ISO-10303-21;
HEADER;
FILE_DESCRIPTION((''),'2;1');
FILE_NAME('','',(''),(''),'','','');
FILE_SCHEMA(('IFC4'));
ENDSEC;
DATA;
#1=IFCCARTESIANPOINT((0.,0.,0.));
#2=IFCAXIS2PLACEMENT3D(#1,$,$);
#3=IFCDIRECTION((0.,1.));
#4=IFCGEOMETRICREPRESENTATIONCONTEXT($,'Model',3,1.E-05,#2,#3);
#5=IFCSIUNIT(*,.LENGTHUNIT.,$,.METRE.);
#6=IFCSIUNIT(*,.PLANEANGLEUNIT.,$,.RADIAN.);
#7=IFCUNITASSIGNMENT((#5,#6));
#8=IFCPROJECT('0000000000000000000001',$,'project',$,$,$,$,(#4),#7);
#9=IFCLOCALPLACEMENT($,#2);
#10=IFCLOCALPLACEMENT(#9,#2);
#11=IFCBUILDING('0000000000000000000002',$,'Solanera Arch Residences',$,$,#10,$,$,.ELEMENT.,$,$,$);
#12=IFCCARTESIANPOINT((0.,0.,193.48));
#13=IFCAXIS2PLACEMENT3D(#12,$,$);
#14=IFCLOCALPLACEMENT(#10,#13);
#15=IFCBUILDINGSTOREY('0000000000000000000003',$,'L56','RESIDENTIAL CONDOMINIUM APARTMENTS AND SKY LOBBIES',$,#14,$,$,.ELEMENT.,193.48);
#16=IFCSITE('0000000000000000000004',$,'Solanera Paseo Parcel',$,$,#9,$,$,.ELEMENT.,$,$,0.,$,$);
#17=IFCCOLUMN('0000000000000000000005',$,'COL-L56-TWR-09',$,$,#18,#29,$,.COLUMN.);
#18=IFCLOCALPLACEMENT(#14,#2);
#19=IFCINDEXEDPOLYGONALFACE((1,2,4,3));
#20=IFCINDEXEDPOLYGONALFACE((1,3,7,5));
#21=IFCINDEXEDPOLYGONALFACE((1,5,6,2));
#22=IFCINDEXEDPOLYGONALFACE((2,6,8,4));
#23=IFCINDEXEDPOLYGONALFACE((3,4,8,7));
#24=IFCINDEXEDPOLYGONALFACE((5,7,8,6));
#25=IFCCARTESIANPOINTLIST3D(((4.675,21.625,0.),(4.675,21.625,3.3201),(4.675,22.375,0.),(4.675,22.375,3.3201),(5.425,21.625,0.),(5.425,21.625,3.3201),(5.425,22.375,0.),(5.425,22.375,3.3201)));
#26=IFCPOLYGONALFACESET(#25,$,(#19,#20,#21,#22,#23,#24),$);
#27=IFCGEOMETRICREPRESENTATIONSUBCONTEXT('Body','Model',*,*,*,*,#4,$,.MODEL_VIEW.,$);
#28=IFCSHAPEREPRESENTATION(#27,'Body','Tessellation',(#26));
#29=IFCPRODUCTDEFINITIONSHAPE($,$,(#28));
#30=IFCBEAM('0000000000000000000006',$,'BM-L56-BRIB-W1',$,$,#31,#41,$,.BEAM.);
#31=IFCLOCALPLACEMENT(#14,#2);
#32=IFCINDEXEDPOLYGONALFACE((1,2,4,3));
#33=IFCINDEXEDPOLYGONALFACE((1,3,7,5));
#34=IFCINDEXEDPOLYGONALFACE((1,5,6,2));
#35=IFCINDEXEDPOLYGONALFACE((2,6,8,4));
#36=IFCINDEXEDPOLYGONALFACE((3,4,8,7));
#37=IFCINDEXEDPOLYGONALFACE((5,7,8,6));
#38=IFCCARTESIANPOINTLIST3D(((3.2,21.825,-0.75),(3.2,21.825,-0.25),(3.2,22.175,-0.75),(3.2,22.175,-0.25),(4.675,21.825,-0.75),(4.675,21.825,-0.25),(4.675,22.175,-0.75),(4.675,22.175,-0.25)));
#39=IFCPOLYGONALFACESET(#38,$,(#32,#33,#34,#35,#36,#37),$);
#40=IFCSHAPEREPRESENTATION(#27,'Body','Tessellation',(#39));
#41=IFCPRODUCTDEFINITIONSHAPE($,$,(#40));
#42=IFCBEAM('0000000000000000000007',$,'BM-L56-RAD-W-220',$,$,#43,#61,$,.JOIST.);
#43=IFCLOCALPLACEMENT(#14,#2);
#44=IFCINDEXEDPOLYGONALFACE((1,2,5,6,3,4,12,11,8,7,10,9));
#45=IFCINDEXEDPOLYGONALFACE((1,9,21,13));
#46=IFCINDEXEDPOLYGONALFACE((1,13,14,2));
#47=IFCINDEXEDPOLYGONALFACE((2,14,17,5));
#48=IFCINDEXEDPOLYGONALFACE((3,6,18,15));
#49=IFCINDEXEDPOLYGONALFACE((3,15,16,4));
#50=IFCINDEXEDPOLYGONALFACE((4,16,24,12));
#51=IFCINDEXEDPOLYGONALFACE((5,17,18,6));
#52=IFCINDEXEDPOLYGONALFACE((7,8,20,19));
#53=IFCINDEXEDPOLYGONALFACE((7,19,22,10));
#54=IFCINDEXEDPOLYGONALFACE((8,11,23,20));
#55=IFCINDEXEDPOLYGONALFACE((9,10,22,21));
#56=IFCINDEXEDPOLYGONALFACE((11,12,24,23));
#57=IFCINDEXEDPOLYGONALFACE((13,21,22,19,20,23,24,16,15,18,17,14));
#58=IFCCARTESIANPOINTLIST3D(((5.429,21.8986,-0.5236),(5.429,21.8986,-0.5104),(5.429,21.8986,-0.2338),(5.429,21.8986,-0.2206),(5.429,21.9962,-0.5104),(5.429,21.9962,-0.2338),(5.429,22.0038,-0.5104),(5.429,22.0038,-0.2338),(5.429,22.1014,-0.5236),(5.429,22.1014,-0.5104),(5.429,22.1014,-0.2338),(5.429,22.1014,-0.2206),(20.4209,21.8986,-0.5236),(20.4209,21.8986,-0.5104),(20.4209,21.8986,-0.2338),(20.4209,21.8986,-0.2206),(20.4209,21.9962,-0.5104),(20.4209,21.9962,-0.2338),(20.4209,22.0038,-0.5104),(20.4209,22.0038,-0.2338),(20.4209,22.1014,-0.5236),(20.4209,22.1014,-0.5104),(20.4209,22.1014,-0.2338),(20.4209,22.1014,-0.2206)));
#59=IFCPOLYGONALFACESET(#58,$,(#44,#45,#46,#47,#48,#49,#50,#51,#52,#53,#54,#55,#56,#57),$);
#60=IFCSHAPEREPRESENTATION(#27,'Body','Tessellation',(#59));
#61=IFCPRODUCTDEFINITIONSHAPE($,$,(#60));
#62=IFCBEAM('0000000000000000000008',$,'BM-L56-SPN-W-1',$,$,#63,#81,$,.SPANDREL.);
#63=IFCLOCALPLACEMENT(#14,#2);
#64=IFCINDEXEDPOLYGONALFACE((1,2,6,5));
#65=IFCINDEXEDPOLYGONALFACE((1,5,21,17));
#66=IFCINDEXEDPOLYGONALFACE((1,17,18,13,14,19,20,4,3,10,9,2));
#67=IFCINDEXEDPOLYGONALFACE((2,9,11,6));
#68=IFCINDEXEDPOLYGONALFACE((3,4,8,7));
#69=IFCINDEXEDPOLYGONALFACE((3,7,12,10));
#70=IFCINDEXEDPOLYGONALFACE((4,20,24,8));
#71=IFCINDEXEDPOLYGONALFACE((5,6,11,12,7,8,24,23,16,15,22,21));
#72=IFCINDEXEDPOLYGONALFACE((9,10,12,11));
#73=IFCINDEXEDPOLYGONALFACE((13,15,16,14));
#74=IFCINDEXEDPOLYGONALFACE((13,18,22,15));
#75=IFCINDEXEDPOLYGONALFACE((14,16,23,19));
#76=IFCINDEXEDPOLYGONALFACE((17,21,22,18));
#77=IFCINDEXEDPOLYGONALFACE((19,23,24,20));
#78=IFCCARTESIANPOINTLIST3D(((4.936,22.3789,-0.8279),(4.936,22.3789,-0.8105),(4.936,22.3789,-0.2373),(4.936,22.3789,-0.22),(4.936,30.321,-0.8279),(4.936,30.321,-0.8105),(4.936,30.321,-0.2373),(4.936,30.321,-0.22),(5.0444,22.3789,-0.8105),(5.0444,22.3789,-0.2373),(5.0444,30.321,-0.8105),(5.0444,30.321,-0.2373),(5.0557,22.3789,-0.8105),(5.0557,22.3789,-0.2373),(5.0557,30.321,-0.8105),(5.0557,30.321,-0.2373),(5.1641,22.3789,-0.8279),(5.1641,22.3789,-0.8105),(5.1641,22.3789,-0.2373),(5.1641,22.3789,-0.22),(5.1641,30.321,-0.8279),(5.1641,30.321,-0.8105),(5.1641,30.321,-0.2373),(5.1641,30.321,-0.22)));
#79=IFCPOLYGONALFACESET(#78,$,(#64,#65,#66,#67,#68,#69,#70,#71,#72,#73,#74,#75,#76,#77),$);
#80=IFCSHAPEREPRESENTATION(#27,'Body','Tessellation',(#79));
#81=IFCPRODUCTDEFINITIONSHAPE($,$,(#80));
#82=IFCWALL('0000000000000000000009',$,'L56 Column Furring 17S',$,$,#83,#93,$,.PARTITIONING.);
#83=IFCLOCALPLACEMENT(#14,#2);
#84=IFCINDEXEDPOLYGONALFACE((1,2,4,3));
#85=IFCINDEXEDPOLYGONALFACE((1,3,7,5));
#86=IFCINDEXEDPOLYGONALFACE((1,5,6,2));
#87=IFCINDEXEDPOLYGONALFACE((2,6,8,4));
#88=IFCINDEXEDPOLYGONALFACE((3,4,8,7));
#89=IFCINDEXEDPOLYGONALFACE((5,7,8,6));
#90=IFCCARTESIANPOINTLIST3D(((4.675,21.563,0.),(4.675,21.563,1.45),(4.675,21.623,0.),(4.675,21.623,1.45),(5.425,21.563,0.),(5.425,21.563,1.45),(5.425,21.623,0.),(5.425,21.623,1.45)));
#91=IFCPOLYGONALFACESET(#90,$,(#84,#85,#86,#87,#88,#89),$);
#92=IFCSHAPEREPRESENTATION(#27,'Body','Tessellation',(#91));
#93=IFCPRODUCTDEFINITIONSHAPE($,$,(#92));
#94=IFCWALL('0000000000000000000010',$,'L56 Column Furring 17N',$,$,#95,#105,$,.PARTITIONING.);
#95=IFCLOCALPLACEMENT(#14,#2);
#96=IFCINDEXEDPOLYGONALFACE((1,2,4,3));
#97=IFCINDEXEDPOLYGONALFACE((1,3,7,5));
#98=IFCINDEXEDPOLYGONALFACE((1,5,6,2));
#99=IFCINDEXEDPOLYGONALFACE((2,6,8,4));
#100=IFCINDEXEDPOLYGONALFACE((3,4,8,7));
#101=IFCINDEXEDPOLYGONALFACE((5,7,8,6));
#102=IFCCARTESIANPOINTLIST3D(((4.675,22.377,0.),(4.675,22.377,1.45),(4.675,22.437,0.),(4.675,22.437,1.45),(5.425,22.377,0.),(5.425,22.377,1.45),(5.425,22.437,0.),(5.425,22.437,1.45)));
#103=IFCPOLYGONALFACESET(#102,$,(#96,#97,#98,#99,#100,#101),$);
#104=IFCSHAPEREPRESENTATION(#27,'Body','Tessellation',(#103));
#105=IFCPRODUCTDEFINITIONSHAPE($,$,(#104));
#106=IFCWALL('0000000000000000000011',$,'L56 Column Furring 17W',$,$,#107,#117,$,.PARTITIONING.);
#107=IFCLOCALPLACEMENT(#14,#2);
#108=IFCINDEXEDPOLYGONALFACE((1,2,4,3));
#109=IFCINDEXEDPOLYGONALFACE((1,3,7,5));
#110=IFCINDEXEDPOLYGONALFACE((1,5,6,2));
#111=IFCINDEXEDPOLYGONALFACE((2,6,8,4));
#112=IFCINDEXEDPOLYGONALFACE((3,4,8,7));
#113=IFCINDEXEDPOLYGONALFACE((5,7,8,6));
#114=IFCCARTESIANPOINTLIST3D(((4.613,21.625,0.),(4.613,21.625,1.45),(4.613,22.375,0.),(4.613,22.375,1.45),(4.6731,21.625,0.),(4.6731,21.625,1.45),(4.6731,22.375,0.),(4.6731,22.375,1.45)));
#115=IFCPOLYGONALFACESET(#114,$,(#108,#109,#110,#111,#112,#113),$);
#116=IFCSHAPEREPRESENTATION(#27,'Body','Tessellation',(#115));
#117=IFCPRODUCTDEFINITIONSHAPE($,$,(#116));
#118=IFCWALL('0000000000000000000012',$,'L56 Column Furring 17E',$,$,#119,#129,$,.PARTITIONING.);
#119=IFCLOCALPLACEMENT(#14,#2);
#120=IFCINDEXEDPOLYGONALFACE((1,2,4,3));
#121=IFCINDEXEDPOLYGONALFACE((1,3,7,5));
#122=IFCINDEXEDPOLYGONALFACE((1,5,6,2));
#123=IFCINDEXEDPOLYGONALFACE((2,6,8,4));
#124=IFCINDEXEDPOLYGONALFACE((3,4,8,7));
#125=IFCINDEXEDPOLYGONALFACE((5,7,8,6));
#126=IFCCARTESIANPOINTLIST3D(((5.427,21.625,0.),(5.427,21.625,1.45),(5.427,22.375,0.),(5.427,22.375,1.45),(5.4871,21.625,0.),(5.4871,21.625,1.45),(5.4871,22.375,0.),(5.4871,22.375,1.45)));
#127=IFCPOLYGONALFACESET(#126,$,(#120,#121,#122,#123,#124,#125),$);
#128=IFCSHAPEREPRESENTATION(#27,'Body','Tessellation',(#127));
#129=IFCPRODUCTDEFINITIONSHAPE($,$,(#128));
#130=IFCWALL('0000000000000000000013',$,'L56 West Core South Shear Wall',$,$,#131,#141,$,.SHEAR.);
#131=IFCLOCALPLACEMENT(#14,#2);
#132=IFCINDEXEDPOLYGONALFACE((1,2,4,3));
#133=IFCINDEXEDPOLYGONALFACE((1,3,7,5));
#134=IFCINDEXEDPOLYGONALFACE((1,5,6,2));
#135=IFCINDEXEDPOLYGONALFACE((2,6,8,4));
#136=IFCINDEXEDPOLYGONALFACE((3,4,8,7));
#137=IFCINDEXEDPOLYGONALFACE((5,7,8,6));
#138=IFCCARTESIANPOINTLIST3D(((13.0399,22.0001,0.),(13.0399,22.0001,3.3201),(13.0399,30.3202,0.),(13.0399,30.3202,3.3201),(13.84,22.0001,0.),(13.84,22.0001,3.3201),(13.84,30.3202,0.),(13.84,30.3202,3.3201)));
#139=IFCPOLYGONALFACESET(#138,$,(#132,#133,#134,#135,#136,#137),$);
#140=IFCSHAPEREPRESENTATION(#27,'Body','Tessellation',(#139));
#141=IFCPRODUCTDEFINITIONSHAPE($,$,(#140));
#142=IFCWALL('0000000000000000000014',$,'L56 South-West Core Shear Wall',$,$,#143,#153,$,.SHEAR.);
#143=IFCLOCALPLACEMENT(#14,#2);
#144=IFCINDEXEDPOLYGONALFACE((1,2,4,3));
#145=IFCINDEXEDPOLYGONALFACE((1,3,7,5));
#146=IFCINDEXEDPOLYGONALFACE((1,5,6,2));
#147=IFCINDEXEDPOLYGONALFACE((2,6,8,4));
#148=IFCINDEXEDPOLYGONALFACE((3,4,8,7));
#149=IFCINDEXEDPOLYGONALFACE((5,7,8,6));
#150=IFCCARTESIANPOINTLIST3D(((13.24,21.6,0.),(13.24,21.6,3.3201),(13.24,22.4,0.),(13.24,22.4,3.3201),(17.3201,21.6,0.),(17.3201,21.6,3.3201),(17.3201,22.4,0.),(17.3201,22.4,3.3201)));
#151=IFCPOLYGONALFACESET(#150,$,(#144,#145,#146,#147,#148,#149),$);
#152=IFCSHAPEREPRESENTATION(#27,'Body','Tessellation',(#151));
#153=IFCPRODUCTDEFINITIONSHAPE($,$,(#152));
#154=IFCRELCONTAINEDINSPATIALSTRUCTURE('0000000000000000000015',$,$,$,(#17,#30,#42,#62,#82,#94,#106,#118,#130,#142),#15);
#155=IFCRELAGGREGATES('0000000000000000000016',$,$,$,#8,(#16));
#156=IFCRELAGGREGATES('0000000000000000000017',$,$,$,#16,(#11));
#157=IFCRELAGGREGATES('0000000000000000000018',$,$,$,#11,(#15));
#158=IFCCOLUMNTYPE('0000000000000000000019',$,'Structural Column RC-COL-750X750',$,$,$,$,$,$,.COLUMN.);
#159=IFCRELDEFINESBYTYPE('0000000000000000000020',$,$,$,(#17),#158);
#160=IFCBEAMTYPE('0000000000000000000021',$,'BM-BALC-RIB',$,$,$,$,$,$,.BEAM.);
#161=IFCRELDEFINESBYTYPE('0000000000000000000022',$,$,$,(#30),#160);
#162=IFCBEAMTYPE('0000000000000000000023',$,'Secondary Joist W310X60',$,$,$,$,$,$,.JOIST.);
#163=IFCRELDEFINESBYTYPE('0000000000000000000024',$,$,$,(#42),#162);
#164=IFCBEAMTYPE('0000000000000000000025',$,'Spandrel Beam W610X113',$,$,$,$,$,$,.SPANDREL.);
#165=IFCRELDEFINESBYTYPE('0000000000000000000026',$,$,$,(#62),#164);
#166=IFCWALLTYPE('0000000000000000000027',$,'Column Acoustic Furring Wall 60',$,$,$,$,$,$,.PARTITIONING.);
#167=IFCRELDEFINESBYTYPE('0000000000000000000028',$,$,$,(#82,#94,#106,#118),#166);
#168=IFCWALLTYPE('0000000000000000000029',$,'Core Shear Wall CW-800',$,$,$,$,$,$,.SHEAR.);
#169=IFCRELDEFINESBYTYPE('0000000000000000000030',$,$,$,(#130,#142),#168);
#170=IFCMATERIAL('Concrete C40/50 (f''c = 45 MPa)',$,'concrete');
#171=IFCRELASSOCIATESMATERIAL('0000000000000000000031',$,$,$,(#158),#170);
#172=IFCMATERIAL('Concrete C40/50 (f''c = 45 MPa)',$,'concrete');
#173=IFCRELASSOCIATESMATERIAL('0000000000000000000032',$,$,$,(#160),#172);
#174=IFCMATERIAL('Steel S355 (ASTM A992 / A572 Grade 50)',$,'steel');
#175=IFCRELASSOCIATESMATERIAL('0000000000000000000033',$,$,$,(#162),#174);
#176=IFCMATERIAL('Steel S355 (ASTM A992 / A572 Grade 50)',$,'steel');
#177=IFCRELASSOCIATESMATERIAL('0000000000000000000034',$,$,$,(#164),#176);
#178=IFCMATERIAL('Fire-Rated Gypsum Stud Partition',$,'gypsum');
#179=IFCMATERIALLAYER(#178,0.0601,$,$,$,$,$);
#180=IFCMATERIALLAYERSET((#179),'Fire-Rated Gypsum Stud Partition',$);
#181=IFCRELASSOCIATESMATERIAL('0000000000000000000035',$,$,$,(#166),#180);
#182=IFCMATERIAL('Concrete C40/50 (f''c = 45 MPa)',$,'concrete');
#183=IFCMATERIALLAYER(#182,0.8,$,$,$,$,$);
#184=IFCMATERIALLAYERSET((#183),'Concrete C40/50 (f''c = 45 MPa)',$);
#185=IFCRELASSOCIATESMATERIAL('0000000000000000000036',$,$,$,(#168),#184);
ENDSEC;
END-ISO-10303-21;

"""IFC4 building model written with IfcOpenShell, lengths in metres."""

from ifc_helpers import new_model, si_unit, direction, frame, frame_2d, origin, origin_2d, place, context, subcontext, project, spatial, rectangle, i_section, extrude, material, layer, layer_set, material_profile, profile_set, type_object, element, save


model = new_model("IFC4")

# Units and contexts
model_context = context("Model", 3, precision=1e-05, world=origin(), true_north=direction((0.0, 1.0)))
body_context = subcontext(model_context, "Body", "Model", "MODEL_VIEW")
ifc_project = project(units=[si_unit("LENGTHUNIT", "METRE"), si_unit("PLANEANGLEUNIT", "RADIAN")], contexts=[model_context])

# Site, building, storey
site_placement = place(None, origin())
site = spatial("IfcSite", under=ifc_project, at=site_placement, Name="Solanera Paseo Parcel", CompositionType="ELEMENT", RefElevation=0.0)
building_placement = place(site_placement, origin())
building = spatial("IfcBuilding", under=site, at=building_placement, Name="Solanera Arch Residences", CompositionType="ELEMENT")
storey_placement = place(building_placement, frame((0.0, 0.0, 193.48)))
storey = spatial("IfcBuildingStorey", under=building, at=storey_placement, Name="L56", Description="RESIDENTIAL CONDOMINIUM APARTMENTS AND SKY LOBBIES", CompositionType="ELEMENT", Elevation=193.48)

# Column
ifc_material_1 = material(Name="Concrete C40/50 (f'c = 45 MPa)", Category="concrete")
ifc_material_profile_1 = material_profile(ifc_material_1, rectangle(XDim=0.75, YDim=0.75, at=origin_2d()))
ifc_profile_set_1 = profile_set([ifc_material_profile_1], Name="Concrete C40/50 (f'c = 45 MPa)")
column_type = type_object("IfcColumnType", Name="Structural Column RC-COL-750X750", PredefinedType="COLUMN", material=ifc_profile_set_1)
column_placement = place(storey_placement, frame((5.05, 22.0, 0.0), z_axis=(0.0, 0.0, 1.0), x_axis=(1.0, 0.0, 0.0)))
element("IfcColumn", 1, at=column_placement, inside=storey, type_object=column_type, Name="COL-L56-TWR-09", PredefinedType="COLUMN", context=body_context, shape_type="SweptSolid", body=[
    extrude(rectangle(XDim=0.75, YDim=0.75, at=origin_2d()), origin(), (0.0, 0.0, 1.0), 3.3201),
])

# Beams
ifc_material_2 = material(Name="Concrete C40/50 (f'c = 45 MPa)", Category="concrete")
ifc_material_profile_2 = material_profile(ifc_material_2, rectangle(XDim=0.3501, YDim=0.5, at=origin_2d()))
ifc_profile_set_2 = profile_set([ifc_material_profile_2], Name="Concrete C40/50 (f'c = 45 MPa)")
beam_type_1 = type_object("IfcBeamType", Name="BM-BALC-RIB", PredefinedType="BEAM", material=ifc_profile_set_2)
beam_1_placement = place(storey_placement, frame((3.2, 22.0, -0.5), z_axis=(1.0, 0.0, 0.0), x_axis=(0.0, 1.0, 0.0)))
element("IfcBeam", 2, at=beam_1_placement, inside=storey, type_object=beam_type_1, Name="BM-L56-BRIB-W1", PredefinedType="BEAM", context=body_context, shape_type="SweptSolid", body=[
    extrude(rectangle(XDim=0.3501, YDim=0.5, at=origin_2d()), origin(), (0.0, 0.0, 1.0), 1.4751),
])
ifc_material_3 = material(Name="Steel S355 (ASTM A992 / A572 Grade 50)", Category="steel")
ifc_material_profile_3 = material_profile(ifc_material_3, i_section(OverallWidth=0.2029, OverallDepth=0.303, WebThickness=0.0076, FlangeThickness=0.0132, at=origin_2d()))
ifc_profile_set_3 = profile_set([ifc_material_profile_3], Name="Steel S355 (ASTM A992 / A572 Grade 50)")
beam_type_2 = type_object("IfcBeamType", Name="Secondary Joist W310X60", PredefinedType="JOIST", material=ifc_profile_set_3)
beam_2_placement = place(storey_placement, frame((5.429, 22.0, -0.3721), z_axis=(1.0, 0.0, 0.0), x_axis=(0.0, 1.0, 0.0)))
element("IfcBeam", 3, at=beam_2_placement, inside=storey, type_object=beam_type_2, Name="BM-L56-RAD-W-220", PredefinedType="JOIST", context=body_context, shape_type="SweptSolid", body=[
    extrude(i_section(OverallWidth=0.2029, OverallDepth=0.303, WebThickness=0.0076, FlangeThickness=0.0132, at=origin_2d()), origin(), (0.0, 0.0, 1.0), 14.9919),
])
ifc_material_4 = material(Name="Steel S355 (ASTM A992 / A572 Grade 50)", Category="steel")
ifc_material_profile_4 = material_profile(ifc_material_4, i_section(OverallWidth=0.228, OverallDepth=0.6079, WebThickness=0.0112, FlangeThickness=0.0173, at=origin_2d()))
ifc_profile_set_4 = profile_set([ifc_material_profile_4], Name="Steel S355 (ASTM A992 / A572 Grade 50)")
beam_type_3 = type_object("IfcBeamType", Name="Spandrel Beam W610X113", PredefinedType="SPANDREL", material=ifc_profile_set_4)
beam_3_placement = place(storey_placement, frame((5.05, 22.3789, -0.5239), z_axis=(0.0, 1.0, 0.0), x_axis=(-1.0, 0.0, 0.0)))
element("IfcBeam", 4, at=beam_3_placement, inside=storey, type_object=beam_type_3, Name="BM-L56-SPN-W-1", PredefinedType="SPANDREL", context=body_context, shape_type="SweptSolid", body=[
    extrude(i_section(OverallWidth=0.228, OverallDepth=0.6079, WebThickness=0.0112, FlangeThickness=0.0173, at=origin_2d()), origin(), (0.0, 0.0, 1.0), 7.9421),
])

# Walls
ifc_material_5 = material(Name="Fire-Rated Gypsum Stud Partition", Category="gypsum")
ifc_layer_1 = layer(ifc_material_5, 0.0601)
ifc_layer_set_1 = layer_set([ifc_layer_1], Name="Fire-Rated Gypsum Stud Partition")
wall_type_1 = type_object("IfcWallType", Name="Column Acoustic Furring Wall 60", PredefinedType="PARTITIONING", material=ifc_layer_set_1)
for number, where, z_axis, x_axis, name in (
    (5, (4.675, 21.593, 0.0), (0.0, 0.0, 1.0), (1.0, 0.0, 0.0), "L56 Column Furring 17S"),
    (6, (4.675, 22.407, 0.0), (0.0, 0.0, 1.0), (1.0, 0.0, 0.0), "L56 Column Furring 17N"),
    (7, (4.6431, 21.625, 0.0), (0.0, 0.0, 1.0), (0.0, 1.0, 0.0), "L56 Column Furring 17W"),
    (8, (5.457, 21.625, 0.0), (0.0, 0.0, 1.0), (0.0, 1.0, 0.0), "L56 Column Furring 17E"),
):
    element("IfcWall", number, at=place(storey_placement, frame(where, z_axis=z_axis, x_axis=x_axis)), inside=storey, type_object=wall_type_1, Name=name, PredefinedType="PARTITIONING", context=body_context, shape_type="SweptSolid", body=[
        extrude(rectangle(XDim=0.75, YDim=0.0601, at=frame_2d((0.375, 0.0))), origin(), (0.0, 0.0, 1.0), 1.45),
    ])
ifc_material_6 = material(Name="Concrete C40/50 (f'c = 45 MPa)", Category="concrete")
ifc_layer_2 = layer(ifc_material_6, 0.8)
ifc_layer_set_2 = layer_set([ifc_layer_2], Name="Concrete C40/50 (f'c = 45 MPa)")
wall_type_2 = type_object("IfcWallType", Name="Core Shear Wall CW-800", PredefinedType="SHEAR", material=ifc_layer_set_2)
wall_1_placement = place(storey_placement, frame((13.4399, 22.0, 0.0), z_axis=(0.0, 0.0, 1.0), x_axis=(0.0, 1.0, 0.0)))
element("IfcWall", 9, at=wall_1_placement, inside=storey, type_object=wall_type_2, Name="L56 West Core South Shear Wall", PredefinedType="SHEAR", context=body_context, shape_type="SweptSolid", body=[
    extrude(rectangle(XDim=8.3201, YDim=0.8, at=frame_2d((4.1602, 0.0))), origin(), (0.0, 0.0, 1.0), 3.3201),
])
wall_2_placement = place(storey_placement, frame((13.24, 22.0, 0.0), z_axis=(0.0, 0.0, 1.0), x_axis=(1.0, 0.0, 0.0)))
element("IfcWall", 10, at=wall_2_placement, inside=storey, type_object=wall_type_2, Name="L56 South-West Core Shear Wall", PredefinedType="SHEAR", context=body_context, shape_type="SweptSolid", body=[
    extrude(rectangle(XDim=4.0801, YDim=0.8, at=frame_2d((2.04, 0.0))), origin(), (0.0, 0.0, 1.0), 3.3201),
])

save(model, "model.ifc")
